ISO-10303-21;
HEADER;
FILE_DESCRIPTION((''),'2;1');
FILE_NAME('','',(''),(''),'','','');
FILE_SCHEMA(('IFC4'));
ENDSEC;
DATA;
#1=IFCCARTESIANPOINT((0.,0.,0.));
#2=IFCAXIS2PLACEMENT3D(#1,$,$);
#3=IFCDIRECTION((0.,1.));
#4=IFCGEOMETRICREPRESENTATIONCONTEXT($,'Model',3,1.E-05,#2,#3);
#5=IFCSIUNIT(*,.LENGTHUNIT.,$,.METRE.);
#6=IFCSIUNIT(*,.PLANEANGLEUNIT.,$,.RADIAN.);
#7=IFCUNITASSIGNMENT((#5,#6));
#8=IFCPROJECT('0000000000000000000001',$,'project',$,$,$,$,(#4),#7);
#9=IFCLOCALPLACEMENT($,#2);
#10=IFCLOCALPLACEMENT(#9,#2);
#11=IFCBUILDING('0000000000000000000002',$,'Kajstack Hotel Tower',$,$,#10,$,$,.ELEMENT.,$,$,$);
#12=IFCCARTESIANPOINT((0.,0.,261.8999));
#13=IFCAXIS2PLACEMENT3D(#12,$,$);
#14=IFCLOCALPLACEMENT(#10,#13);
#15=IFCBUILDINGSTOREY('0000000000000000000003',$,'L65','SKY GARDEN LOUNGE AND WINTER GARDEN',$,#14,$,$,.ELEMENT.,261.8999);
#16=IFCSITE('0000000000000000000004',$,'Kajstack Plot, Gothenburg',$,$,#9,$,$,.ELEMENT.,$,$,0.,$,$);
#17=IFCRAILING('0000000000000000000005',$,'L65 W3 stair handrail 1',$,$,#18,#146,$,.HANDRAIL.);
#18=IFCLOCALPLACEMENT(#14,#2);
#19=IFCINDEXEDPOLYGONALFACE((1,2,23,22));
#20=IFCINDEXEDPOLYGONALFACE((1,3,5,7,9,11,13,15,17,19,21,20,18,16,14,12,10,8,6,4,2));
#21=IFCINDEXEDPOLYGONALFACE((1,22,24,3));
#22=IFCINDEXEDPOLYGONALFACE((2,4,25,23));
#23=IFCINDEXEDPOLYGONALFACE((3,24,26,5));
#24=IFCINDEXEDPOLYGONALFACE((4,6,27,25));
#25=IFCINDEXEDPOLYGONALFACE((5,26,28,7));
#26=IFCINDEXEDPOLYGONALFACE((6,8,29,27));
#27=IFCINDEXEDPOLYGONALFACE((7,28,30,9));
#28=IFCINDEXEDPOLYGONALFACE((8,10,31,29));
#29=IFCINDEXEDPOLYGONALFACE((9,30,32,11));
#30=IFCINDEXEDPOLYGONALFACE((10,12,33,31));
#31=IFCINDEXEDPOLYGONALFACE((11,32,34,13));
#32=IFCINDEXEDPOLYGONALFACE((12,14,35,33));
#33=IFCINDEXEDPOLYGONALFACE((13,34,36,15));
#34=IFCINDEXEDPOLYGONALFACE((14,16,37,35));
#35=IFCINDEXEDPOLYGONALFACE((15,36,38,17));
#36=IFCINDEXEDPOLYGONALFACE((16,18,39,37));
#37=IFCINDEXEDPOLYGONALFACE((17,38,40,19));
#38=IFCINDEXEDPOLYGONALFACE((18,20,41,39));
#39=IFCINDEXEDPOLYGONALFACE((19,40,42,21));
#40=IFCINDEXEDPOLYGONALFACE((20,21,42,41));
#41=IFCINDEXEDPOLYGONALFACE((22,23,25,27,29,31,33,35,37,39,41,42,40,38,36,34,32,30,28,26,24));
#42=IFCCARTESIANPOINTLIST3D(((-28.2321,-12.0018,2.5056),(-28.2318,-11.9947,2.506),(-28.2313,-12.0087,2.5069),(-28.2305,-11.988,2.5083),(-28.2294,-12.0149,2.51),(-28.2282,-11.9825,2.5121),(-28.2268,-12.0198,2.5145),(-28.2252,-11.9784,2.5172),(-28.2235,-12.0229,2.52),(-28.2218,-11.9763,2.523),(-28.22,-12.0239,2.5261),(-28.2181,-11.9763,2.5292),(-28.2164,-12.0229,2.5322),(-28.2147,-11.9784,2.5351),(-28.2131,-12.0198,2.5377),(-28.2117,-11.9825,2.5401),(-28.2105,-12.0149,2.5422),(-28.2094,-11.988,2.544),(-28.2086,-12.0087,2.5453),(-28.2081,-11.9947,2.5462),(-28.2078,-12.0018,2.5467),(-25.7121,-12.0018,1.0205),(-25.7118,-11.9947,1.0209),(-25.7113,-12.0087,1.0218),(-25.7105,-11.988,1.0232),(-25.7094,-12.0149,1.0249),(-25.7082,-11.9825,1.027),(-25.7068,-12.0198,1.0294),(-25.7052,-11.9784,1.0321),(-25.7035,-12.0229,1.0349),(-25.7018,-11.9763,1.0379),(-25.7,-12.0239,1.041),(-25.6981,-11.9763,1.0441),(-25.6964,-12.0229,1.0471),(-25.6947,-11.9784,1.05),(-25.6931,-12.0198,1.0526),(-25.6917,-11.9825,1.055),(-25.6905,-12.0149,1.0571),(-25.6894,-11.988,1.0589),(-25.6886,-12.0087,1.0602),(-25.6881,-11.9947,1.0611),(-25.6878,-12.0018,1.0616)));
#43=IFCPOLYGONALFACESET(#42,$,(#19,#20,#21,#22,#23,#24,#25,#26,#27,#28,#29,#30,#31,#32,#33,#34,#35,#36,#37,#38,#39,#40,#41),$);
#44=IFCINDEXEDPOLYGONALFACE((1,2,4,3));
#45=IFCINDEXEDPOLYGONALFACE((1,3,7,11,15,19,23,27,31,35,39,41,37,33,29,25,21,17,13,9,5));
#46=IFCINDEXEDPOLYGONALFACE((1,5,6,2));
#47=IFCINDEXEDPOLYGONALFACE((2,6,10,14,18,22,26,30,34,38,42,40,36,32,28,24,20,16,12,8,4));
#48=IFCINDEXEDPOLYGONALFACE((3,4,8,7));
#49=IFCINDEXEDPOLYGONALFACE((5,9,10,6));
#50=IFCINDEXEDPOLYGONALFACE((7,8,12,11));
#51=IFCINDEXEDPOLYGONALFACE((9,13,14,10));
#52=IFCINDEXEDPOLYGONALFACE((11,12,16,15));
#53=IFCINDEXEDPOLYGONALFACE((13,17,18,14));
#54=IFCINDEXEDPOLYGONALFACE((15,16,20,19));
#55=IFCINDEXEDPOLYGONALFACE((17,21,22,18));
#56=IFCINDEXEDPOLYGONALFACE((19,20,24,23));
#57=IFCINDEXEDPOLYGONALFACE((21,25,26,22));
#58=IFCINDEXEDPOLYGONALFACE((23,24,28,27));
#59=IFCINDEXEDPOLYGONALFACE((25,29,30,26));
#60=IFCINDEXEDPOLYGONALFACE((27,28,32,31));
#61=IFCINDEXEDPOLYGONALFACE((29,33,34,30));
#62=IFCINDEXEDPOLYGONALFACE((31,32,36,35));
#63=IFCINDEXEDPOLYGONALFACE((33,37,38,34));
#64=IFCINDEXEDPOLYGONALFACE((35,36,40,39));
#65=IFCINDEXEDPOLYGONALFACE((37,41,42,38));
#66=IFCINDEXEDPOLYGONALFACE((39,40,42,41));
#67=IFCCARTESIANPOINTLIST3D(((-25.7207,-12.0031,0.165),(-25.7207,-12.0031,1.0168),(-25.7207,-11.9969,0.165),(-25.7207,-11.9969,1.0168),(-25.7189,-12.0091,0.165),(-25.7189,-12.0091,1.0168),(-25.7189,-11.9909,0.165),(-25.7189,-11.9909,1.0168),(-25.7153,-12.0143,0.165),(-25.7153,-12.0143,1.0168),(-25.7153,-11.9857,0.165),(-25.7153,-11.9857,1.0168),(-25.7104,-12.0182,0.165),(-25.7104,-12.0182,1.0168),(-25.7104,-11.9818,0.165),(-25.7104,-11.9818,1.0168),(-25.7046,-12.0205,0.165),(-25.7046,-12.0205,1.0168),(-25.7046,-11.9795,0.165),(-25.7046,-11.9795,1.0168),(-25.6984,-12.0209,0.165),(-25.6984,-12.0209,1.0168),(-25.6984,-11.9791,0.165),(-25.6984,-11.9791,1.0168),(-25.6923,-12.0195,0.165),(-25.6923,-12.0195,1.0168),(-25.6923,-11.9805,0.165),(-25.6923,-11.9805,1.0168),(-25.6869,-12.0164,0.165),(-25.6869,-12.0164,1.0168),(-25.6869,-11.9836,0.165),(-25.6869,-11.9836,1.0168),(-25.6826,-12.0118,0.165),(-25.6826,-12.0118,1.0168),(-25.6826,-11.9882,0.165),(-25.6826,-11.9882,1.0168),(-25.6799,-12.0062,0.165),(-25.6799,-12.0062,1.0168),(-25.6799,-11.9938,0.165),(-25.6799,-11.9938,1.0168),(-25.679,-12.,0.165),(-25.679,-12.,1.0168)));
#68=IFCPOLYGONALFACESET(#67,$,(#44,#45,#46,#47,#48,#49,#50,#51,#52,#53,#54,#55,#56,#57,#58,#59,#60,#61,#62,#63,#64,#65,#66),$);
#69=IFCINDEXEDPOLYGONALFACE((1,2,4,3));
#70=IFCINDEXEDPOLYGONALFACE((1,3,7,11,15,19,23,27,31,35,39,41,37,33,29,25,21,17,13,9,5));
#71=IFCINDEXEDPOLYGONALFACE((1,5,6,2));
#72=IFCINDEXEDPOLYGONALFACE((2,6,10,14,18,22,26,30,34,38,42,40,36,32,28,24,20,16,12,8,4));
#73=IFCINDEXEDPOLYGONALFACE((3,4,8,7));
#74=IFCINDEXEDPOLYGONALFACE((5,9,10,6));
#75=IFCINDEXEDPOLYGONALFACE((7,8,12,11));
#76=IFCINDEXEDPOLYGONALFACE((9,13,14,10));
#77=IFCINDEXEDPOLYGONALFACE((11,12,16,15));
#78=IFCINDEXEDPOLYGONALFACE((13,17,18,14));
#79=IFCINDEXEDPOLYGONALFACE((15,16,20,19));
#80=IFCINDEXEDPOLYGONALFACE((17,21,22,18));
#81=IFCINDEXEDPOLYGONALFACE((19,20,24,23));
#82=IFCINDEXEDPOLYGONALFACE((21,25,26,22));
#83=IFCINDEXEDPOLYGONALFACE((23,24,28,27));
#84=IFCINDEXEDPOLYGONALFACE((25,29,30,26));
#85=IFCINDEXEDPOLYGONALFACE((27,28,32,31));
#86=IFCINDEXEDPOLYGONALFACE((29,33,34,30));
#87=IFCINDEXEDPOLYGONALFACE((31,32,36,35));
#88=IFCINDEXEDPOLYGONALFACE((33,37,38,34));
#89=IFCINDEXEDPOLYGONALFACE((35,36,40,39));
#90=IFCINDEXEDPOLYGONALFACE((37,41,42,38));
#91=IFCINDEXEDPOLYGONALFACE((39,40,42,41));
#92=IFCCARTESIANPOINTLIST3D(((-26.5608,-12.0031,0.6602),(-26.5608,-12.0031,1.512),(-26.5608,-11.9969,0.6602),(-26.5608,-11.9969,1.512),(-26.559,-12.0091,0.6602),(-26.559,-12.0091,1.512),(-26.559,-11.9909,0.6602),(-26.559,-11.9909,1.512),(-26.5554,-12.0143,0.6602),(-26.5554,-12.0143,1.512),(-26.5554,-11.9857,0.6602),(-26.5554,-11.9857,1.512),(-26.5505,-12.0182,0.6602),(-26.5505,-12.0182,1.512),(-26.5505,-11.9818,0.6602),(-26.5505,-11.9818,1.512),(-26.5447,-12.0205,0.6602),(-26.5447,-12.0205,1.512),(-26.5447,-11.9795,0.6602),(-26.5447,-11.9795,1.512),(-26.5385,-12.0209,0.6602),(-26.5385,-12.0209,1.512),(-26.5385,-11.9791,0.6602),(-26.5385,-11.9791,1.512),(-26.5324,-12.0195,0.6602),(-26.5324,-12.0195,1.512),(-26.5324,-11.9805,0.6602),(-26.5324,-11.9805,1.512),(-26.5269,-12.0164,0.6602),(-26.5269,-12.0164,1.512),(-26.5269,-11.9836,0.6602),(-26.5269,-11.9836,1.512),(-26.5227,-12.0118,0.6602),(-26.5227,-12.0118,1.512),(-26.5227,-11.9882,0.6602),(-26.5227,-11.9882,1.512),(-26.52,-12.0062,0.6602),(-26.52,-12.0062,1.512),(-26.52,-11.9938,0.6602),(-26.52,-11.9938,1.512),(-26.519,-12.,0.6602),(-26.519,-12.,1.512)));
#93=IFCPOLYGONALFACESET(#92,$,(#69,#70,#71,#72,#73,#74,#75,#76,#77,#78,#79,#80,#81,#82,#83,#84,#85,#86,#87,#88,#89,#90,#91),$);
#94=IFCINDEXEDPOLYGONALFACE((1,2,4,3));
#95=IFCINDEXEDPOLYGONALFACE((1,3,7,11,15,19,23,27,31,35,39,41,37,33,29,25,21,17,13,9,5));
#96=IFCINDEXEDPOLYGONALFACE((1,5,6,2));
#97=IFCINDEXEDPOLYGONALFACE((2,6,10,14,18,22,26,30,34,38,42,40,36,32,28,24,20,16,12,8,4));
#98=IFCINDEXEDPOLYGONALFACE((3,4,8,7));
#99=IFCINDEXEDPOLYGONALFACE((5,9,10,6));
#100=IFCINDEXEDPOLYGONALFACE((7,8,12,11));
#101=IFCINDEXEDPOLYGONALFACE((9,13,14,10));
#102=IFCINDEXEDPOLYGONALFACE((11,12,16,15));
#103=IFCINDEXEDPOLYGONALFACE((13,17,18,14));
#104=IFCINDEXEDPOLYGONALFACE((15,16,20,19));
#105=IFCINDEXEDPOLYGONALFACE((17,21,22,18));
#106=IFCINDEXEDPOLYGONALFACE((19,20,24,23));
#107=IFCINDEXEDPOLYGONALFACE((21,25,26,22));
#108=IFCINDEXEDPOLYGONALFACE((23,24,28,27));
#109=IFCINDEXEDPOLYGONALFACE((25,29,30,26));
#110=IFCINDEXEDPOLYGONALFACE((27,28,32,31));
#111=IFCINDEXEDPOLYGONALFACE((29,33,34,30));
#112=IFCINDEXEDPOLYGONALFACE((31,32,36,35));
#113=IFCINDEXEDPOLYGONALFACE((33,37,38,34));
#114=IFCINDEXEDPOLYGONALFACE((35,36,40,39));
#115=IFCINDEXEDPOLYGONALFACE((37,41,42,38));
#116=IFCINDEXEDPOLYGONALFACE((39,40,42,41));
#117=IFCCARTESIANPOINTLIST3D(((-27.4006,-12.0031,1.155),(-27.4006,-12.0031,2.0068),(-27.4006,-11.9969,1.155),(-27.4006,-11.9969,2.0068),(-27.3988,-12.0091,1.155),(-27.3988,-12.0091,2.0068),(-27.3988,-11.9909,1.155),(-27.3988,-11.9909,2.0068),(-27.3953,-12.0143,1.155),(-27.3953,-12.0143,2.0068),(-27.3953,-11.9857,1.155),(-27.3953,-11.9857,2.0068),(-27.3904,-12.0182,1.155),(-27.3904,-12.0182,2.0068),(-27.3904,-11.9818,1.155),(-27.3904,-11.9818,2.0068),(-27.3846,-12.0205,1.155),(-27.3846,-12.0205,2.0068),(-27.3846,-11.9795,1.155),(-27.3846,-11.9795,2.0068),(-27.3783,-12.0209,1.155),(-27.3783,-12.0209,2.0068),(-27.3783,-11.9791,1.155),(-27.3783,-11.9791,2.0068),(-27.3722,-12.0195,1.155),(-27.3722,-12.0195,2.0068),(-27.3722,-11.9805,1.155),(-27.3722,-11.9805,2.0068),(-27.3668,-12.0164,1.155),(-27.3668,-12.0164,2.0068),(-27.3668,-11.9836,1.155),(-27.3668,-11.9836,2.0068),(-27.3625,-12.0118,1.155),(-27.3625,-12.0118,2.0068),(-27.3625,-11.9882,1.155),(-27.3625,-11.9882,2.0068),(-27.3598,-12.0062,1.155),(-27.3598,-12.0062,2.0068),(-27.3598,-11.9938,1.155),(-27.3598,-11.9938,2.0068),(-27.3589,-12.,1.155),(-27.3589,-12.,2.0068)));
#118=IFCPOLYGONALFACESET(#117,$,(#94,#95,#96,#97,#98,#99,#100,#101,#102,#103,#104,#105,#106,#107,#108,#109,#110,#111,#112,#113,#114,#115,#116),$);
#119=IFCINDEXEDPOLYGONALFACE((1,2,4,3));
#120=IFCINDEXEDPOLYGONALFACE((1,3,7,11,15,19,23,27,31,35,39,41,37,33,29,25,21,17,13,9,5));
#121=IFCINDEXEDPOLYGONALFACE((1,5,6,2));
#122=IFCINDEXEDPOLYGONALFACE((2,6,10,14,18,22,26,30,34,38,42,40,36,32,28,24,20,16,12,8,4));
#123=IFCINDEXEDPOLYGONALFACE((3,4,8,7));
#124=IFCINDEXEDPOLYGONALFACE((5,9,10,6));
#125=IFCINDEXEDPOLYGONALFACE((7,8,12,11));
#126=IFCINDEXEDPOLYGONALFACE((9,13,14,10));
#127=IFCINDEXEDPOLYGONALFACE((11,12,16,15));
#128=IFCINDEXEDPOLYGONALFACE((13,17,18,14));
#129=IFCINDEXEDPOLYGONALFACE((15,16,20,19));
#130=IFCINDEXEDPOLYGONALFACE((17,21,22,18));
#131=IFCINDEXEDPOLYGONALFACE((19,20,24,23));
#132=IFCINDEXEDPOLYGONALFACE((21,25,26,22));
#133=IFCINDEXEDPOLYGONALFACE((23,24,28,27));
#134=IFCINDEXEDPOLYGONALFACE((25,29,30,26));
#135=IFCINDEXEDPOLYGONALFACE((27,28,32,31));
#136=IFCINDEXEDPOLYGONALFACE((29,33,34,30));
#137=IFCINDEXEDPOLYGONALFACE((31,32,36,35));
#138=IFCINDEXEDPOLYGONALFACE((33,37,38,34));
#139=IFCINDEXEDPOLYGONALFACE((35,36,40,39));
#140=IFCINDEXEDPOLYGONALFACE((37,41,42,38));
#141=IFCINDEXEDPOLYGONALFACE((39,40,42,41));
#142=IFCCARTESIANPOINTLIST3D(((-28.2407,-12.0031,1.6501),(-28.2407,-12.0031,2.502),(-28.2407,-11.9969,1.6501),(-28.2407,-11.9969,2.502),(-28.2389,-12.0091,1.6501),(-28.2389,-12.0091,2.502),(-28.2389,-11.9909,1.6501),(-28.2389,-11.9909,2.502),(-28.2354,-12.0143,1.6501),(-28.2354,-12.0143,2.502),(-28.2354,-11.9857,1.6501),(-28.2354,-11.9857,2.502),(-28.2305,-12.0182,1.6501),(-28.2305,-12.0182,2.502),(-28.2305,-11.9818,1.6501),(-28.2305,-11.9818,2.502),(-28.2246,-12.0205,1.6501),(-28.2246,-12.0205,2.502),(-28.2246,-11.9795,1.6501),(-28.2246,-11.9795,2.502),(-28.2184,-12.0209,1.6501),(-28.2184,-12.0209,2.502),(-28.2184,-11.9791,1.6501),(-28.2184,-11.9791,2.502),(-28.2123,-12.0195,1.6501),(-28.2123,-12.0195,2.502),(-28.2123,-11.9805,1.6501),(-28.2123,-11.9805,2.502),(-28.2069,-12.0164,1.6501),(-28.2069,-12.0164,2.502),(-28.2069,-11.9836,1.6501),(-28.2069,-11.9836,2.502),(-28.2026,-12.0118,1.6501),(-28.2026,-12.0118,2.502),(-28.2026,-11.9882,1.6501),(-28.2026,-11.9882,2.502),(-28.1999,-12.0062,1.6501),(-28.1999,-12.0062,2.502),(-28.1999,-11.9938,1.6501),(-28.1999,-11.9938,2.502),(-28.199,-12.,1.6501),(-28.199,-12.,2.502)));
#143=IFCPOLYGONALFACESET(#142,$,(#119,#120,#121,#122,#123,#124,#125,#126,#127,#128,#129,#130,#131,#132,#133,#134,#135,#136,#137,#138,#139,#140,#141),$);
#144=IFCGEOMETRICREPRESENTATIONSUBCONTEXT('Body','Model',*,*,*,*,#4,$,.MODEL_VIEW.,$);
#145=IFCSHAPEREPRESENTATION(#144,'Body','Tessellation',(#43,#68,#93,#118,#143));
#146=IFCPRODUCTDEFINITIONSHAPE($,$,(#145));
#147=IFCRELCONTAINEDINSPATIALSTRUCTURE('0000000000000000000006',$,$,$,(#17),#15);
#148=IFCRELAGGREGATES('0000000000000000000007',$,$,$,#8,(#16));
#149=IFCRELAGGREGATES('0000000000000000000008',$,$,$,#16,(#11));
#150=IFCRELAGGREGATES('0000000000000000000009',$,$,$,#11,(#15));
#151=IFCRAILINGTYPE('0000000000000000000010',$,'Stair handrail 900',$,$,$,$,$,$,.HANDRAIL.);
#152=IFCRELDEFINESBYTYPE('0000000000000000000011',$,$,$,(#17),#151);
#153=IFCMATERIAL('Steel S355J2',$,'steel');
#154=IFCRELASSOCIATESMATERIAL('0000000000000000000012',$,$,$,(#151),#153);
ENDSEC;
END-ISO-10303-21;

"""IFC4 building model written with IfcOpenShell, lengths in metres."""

from ifc_helpers import new_model, si_unit, direction, frame, origin, origin_2d, place, context, subcontext, project, spatial, circle, extrude, material, type_object, element, save


model = new_model("IFC4")

# Units and contexts
model_context = context("Model", 3, precision=1e-05, world=origin(), true_north=direction((0.0, 1.0)))
body_context = subcontext(model_context, "Body", "Model", "MODEL_VIEW")
ifc_project = project(units=[si_unit("LENGTHUNIT", "METRE"), si_unit("PLANEANGLEUNIT", "RADIAN")], contexts=[model_context])

# Site, building, storey
site_placement = place(None, origin())
site = spatial("IfcSite", under=ifc_project, at=site_placement, Name="Kajstack Plot, Gothenburg", CompositionType="ELEMENT", RefElevation=0.0)
building_placement = place(site_placement, origin())
building = spatial("IfcBuilding", under=site, at=building_placement, Name="Kajstack Hotel Tower", CompositionType="ELEMENT")
storey_placement = place(building_placement, frame((0.0, 0.0, 261.8999)))
storey = spatial("IfcBuildingStorey", under=building, at=storey_placement, Name="L65", Description="SKY GARDEN LOUNGE AND WINTER GARDEN", CompositionType="ELEMENT", Elevation=261.8999)

# Railing
ifc_material_1 = material(Name="Steel S355J2", Category="steel")
railing_type_1 = type_object("IfcRailingType", Name="Stair handrail 900", PredefinedType="HANDRAIL", material=ifc_material_1)
railing_1_placement = place(storey_placement, frame((-25.7, -12.0, 0.165)))
element("IfcRailing", 1, at=railing_1_placement, inside=storey, type_object=railing_type_1, Name="L65 W3 stair handrail 1", PredefinedType="HANDRAIL", context=body_context, shape_type="SweptSolid", body=[
    extrude(circle(Radius=0.0239, at=origin_2d()), frame((0.0, 0.0, 0.876), z_axis=(-0.861524, 0.0, 0.507717), x_axis=(0.0, -1.0, 0.0)), (0.0, 0.0, 1.0), 2.925),
    extrude(circle(Radius=0.021, at=origin_2d()), origin(), (0.0, 0.0, 1.0), 0.8518),
    extrude(circle(Radius=0.021, at=origin_2d()), frame((-0.8401, 0.0, 0.4951)), (0.0, 0.0, 1.0), 0.8518),
    extrude(circle(Radius=0.021, at=origin_2d()), frame((-1.6799, 0.0, 0.99)), (0.0, 0.0, 1.0), 0.8518),
    extrude(circle(Radius=0.021, at=origin_2d()), frame((-2.52, 0.0, 1.4851)), (0.0, 0.0, 1.0), 0.8518),
])

save(model, "model.ifc")
